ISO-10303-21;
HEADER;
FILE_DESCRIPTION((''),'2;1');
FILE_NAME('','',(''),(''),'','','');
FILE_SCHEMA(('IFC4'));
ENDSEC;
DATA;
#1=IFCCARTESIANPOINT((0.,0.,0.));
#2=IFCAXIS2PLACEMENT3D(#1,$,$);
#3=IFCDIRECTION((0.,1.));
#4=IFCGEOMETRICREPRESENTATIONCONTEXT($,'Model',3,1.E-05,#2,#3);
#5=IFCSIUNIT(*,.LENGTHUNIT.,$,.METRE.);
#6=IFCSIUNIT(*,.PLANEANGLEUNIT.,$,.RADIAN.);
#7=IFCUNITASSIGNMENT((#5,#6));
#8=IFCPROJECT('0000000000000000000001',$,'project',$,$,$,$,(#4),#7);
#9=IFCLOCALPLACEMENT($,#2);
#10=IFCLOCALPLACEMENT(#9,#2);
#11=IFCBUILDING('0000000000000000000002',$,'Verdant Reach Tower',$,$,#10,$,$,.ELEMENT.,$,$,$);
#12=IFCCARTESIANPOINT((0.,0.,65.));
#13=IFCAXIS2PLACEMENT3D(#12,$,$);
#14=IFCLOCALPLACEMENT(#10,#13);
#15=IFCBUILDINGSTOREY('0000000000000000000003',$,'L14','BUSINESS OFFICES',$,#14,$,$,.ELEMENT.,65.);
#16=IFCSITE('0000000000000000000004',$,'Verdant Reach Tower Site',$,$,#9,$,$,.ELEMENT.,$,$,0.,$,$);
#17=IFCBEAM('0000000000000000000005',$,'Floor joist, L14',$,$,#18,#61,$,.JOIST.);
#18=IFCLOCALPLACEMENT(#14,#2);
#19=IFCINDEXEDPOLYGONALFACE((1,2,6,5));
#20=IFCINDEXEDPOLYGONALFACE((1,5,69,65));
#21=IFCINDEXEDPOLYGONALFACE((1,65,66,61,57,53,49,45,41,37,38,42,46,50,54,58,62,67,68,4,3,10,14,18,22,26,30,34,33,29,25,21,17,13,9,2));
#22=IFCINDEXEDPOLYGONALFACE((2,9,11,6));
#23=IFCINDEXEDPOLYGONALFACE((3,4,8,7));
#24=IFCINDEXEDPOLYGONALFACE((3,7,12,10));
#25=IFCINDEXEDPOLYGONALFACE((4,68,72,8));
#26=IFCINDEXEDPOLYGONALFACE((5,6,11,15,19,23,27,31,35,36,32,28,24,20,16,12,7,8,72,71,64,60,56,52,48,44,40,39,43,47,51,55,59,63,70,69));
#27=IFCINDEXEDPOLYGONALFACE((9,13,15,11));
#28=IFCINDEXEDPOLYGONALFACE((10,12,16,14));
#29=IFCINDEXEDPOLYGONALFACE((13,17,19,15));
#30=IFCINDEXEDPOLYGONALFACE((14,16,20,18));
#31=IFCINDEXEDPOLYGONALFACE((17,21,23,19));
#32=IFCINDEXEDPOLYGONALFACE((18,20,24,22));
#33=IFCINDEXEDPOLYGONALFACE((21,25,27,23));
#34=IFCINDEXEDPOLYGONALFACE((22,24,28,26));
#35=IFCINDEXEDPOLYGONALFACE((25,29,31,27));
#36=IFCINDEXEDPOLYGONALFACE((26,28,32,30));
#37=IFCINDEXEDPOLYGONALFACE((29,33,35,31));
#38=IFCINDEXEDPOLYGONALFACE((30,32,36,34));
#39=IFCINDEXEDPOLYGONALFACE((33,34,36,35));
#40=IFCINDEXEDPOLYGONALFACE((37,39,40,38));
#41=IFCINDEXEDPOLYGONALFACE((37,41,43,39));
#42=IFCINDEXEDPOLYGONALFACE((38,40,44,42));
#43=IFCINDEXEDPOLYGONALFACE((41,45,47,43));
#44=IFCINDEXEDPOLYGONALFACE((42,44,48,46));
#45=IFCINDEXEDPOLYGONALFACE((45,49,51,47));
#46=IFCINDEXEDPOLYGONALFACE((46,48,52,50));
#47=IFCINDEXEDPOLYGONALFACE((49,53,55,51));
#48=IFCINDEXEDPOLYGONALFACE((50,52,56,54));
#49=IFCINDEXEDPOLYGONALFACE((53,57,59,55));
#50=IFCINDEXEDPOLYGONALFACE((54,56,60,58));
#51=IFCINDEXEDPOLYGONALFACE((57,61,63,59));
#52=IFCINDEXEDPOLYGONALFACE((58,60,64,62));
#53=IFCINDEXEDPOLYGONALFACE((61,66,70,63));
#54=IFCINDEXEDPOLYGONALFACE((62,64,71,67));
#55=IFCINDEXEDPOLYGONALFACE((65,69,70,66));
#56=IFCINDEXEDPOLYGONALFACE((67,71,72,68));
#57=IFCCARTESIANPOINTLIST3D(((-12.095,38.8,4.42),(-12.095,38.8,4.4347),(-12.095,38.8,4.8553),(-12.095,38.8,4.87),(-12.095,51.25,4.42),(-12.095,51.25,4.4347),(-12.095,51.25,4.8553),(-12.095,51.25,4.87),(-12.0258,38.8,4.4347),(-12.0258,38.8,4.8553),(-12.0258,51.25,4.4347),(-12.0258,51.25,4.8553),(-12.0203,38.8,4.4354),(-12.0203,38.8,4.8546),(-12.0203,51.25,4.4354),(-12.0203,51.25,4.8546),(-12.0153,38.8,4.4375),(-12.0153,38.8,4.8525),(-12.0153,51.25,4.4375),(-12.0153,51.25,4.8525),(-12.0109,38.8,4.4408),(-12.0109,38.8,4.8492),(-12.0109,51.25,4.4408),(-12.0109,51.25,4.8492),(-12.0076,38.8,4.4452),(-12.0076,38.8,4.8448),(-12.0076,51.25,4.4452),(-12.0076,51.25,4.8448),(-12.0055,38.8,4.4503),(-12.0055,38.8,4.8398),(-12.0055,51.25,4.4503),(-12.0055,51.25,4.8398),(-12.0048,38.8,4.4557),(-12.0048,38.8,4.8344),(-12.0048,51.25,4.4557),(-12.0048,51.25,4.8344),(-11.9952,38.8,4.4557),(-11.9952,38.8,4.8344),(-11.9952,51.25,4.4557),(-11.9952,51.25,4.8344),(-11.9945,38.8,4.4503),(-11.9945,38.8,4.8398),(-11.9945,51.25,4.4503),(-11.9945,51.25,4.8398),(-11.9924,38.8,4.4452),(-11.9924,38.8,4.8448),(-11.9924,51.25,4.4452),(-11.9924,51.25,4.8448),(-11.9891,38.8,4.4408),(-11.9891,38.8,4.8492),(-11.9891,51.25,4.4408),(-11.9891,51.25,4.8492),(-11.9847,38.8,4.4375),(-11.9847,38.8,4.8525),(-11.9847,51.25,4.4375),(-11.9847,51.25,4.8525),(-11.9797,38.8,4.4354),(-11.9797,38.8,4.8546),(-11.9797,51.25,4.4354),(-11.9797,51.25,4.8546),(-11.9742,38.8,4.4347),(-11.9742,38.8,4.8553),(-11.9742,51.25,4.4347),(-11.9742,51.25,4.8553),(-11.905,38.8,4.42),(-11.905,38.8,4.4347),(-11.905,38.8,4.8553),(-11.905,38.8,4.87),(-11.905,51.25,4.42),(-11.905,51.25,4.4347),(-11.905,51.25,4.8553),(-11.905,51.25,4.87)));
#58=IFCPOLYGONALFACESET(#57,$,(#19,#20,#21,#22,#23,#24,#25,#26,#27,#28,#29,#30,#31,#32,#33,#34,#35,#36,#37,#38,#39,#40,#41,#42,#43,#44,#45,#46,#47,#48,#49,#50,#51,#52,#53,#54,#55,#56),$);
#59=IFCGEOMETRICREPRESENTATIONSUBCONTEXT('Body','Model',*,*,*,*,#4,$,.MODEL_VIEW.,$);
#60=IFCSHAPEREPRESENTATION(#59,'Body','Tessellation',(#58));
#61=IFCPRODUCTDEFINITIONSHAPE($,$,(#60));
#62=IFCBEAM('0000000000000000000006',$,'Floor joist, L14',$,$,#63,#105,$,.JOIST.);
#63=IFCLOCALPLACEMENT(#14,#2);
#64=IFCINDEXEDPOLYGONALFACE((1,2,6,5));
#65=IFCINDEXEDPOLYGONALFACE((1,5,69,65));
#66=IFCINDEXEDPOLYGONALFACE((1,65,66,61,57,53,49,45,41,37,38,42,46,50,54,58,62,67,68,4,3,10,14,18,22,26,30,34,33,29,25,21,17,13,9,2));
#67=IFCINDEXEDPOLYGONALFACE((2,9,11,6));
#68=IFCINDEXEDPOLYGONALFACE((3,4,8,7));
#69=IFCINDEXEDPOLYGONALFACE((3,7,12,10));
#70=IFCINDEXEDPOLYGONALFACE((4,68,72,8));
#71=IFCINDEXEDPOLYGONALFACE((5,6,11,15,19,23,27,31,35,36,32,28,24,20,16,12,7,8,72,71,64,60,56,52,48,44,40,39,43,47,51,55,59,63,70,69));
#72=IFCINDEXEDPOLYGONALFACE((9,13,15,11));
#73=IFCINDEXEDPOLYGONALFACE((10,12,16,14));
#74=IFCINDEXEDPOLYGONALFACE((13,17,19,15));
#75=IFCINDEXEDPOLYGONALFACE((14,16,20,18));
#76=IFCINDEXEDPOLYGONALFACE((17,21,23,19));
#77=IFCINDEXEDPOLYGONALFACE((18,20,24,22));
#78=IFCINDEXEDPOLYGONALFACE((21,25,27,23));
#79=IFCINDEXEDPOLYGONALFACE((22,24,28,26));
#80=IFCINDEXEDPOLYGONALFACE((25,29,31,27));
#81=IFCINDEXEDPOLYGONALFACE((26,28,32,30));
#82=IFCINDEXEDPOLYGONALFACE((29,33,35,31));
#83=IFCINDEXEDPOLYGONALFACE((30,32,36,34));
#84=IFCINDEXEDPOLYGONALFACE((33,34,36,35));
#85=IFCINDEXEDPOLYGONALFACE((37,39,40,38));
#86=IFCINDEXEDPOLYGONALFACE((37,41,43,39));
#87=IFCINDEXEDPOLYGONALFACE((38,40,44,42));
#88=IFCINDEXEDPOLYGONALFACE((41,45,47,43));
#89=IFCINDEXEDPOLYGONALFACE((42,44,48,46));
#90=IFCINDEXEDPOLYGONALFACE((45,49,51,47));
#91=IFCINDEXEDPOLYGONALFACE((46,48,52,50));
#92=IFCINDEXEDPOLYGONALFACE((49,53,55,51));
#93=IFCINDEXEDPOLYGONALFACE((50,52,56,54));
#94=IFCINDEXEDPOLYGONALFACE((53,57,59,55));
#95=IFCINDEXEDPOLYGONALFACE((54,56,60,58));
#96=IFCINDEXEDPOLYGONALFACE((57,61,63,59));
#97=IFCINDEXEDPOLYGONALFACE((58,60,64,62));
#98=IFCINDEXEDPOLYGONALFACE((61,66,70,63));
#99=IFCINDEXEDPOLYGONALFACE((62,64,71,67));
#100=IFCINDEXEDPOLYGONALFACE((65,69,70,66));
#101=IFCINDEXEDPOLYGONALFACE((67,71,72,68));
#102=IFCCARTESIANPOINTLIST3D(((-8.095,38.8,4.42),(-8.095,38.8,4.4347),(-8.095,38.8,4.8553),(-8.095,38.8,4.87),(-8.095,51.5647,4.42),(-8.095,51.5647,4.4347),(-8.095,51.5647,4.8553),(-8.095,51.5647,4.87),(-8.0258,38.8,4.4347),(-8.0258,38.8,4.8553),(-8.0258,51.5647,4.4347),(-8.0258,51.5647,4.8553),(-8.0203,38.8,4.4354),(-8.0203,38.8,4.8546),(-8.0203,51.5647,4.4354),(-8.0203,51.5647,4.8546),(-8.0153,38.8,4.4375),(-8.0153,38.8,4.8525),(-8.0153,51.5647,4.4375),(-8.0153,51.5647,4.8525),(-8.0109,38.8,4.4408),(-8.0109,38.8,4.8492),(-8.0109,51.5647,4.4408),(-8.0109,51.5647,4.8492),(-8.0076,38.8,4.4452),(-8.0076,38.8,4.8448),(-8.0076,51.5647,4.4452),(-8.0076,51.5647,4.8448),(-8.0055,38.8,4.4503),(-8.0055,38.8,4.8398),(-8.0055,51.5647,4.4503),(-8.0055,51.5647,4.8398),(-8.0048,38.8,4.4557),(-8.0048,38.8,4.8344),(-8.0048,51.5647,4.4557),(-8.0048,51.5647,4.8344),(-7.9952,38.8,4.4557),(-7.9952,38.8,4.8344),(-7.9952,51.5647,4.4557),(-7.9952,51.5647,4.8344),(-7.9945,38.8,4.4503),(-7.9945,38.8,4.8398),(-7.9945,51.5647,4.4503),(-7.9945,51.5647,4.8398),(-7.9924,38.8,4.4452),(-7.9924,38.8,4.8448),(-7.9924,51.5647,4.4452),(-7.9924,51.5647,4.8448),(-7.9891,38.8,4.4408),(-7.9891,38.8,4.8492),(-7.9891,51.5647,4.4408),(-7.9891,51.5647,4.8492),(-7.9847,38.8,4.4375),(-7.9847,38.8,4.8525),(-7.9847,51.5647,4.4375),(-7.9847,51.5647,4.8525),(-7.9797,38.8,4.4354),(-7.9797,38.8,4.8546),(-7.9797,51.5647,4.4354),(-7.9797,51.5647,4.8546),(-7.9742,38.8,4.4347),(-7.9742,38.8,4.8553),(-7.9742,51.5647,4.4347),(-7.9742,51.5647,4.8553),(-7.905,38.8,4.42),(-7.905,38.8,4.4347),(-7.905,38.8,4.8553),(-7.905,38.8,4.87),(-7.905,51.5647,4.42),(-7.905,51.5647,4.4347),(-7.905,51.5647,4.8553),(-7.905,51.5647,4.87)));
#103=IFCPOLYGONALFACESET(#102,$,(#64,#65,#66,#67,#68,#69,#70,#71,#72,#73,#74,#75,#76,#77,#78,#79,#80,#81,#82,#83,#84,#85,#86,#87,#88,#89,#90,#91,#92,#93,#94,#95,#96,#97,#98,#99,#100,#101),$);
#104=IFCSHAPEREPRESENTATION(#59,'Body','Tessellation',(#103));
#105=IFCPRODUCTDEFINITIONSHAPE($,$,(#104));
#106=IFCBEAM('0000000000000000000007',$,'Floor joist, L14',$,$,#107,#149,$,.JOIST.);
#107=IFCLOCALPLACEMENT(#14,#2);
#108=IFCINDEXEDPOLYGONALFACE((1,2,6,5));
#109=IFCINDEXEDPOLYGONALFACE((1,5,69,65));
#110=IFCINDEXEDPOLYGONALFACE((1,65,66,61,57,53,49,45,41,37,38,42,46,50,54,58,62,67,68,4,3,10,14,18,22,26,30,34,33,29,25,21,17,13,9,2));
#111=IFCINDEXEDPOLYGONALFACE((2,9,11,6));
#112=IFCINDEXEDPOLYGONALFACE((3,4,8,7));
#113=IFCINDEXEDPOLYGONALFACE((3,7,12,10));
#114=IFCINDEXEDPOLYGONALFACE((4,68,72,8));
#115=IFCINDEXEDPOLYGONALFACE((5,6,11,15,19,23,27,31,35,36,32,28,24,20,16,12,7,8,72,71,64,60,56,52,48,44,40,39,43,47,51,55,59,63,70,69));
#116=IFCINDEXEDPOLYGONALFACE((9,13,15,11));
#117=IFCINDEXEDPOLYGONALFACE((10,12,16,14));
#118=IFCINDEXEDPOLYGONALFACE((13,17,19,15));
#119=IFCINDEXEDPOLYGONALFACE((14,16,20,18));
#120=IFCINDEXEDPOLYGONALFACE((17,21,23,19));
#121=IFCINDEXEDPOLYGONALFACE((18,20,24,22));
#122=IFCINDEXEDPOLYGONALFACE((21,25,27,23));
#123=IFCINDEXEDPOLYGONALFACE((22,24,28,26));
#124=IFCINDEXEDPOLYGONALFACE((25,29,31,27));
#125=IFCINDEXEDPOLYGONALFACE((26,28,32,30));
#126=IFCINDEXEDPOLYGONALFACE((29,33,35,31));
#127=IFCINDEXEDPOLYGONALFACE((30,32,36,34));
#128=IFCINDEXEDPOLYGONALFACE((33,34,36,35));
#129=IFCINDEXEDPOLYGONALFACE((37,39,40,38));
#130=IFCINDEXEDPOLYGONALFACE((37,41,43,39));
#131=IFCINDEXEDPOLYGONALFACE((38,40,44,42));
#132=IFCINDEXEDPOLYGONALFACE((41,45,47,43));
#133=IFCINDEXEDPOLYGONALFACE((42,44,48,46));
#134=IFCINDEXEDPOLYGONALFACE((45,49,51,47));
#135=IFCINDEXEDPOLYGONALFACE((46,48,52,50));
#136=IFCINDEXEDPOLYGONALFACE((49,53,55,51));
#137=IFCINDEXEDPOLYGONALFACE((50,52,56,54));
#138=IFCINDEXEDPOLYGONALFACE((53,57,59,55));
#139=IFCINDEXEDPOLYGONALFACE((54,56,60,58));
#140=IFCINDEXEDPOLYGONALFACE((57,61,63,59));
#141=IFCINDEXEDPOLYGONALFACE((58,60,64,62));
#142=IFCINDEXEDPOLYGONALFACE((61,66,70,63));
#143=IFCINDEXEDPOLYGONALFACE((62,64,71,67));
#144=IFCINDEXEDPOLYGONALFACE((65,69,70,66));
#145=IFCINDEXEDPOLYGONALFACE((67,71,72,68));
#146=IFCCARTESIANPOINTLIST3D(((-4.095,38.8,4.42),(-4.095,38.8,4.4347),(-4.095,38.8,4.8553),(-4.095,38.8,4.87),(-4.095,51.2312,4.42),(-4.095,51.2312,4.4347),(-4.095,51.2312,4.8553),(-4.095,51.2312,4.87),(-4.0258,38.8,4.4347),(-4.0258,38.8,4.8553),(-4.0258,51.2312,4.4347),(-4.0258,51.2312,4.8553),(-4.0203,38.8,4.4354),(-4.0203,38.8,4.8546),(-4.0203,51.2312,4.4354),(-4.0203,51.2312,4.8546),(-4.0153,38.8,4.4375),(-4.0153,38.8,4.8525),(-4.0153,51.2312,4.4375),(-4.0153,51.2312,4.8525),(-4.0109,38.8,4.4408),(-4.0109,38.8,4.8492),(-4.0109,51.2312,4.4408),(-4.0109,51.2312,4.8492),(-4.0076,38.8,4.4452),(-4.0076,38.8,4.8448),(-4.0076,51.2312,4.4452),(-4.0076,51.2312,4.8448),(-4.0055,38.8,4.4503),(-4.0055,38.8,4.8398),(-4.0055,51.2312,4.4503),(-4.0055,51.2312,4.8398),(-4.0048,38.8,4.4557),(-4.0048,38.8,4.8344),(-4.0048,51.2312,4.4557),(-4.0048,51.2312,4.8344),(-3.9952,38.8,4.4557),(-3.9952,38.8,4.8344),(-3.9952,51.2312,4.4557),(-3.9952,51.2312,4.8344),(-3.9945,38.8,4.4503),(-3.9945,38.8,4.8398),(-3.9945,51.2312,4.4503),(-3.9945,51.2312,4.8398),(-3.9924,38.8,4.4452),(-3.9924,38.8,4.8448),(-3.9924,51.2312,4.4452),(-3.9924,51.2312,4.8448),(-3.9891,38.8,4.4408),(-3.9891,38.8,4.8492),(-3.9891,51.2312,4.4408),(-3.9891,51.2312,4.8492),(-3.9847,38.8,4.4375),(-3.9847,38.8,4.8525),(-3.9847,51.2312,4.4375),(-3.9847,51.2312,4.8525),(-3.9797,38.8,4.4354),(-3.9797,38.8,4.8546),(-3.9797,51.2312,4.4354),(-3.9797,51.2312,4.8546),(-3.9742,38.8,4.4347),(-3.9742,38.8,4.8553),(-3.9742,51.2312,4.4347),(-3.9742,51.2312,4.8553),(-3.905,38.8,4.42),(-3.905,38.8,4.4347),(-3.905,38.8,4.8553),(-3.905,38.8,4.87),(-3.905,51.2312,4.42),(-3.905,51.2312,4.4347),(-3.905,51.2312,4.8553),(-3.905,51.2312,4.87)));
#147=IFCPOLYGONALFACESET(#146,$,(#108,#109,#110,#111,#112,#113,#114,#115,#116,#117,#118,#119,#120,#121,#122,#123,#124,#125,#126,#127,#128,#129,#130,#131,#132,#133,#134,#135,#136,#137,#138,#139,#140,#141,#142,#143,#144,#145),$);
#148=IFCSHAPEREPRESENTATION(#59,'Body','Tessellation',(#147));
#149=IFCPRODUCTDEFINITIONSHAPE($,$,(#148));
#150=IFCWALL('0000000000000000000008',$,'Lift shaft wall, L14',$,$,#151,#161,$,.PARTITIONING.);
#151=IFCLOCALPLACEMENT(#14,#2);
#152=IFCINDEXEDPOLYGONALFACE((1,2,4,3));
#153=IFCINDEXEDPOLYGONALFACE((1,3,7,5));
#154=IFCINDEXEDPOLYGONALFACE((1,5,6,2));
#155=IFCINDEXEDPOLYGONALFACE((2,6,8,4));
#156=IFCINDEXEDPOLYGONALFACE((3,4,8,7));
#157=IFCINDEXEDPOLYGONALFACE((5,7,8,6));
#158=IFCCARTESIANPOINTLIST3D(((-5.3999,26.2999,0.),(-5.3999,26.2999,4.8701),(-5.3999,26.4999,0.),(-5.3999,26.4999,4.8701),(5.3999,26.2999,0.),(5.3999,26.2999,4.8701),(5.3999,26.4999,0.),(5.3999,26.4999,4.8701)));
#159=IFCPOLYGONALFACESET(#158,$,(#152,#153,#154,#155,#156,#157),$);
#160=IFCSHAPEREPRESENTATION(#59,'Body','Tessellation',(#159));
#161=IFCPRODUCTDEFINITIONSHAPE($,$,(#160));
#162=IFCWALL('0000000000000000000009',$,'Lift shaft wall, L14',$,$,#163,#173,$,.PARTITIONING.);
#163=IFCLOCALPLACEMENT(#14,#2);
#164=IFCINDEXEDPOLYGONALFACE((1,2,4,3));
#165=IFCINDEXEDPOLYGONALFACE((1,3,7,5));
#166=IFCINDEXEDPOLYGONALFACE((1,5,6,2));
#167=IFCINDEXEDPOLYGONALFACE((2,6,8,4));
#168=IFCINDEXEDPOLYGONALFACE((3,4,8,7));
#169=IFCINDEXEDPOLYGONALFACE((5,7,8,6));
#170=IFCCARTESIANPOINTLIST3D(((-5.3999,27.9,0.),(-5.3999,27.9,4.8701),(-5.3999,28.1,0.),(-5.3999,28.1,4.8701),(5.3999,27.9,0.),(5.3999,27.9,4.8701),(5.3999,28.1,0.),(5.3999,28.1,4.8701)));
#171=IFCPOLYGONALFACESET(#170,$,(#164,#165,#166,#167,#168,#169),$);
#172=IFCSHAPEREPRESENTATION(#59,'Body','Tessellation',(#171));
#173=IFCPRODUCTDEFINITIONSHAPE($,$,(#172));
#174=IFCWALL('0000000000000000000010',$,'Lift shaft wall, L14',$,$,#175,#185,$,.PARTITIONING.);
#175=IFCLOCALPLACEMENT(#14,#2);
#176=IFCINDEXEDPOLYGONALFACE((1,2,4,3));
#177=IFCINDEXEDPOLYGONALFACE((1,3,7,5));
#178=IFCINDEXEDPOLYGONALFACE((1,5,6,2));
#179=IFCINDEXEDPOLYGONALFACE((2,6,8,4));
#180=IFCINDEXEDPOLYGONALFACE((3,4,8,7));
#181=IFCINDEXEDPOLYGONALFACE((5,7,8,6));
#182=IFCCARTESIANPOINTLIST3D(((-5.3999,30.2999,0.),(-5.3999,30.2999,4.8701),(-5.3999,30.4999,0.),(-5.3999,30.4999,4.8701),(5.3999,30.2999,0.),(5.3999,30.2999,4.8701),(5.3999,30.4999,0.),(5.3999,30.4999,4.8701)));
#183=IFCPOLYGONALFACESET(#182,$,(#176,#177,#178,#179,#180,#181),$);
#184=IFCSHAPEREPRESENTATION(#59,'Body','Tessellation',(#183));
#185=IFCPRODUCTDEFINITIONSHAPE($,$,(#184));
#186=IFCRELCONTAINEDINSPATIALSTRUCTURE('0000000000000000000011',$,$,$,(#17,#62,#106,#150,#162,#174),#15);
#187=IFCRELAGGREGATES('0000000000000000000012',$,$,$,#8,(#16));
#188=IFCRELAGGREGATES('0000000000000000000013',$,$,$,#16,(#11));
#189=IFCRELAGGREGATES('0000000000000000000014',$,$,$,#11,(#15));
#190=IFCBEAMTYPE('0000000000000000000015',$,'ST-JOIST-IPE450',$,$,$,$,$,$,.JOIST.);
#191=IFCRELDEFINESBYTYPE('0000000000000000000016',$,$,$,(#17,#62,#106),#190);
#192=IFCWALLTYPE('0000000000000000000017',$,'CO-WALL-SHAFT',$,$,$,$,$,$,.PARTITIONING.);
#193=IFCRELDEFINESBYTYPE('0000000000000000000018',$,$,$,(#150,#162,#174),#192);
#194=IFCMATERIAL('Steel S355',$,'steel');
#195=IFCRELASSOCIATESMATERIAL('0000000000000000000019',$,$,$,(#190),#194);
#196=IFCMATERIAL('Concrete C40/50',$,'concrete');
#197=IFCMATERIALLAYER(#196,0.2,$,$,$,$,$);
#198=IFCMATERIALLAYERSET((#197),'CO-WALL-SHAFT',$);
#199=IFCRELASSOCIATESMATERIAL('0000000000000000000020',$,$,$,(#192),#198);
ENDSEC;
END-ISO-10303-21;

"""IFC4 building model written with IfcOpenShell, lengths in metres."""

from ifc_helpers import new_model, si_unit, direction, frame, frame_2d, origin, origin_2d, place, context, subcontext, project, spatial, rectangle, i_section, extrude, material, layer, layer_set, material_profile, profile_set, type_object, element, save


model = new_model("IFC4")

# Units and contexts
model_context = context("Model", 3, precision=1e-05, world=origin(), true_north=direction((0.0, 1.0)))
body_context = subcontext(model_context, "Body", "Model", "MODEL_VIEW")
ifc_project = project(units=[si_unit("LENGTHUNIT", "METRE"), si_unit("PLANEANGLEUNIT", "RADIAN")], contexts=[model_context])

# Site, building, storey
site_placement = place(None, origin())
site = spatial("IfcSite", under=ifc_project, at=site_placement, Name="Verdant Reach Tower Site", CompositionType="ELEMENT", RefElevation=0.0)
building_placement = place(site_placement, origin())
building = spatial("IfcBuilding", under=site, at=building_placement, Name="Verdant Reach Tower", CompositionType="ELEMENT")
storey_placement = place(building_placement, frame((0.0, 0.0, 65.0)))
storey = spatial("IfcBuildingStorey", under=building, at=storey_placement, Name="L14", Description="BUSINESS OFFICES", CompositionType="ELEMENT", Elevation=65.0)

# Beams
ifc_material_1 = material(Name="Steel S355", Category="steel")
ifc_material_profile_1 = material_profile(ifc_material_1, i_section(OverallWidth=0.1899, OverallDepth=0.45, WebThickness=0.0095, FlangeThickness=0.0146, FilletRadius=0.021, at=origin_2d()), Name="IPE 450")
ifc_profile_set_1 = profile_set([ifc_material_profile_1], Name="Steel S355")
beam_type_1 = type_object("IfcBeamType", Name="ST-JOIST-IPE450", PredefinedType="JOIST", material=ifc_profile_set_1)
beam_1_placement = place(storey_placement, frame((-12.0, 38.8, 4.645), z_axis=(0.0, 1.0, 0.0), x_axis=(-1.0, 0.0, 0.0)))
element("IfcBeam", 1, at=beam_1_placement, inside=storey, type_object=beam_type_1, Name="Floor joist, L14", PredefinedType="JOIST", context=body_context, shape_type="SweptSolid", body=[
    extrude(i_section(OverallWidth=0.1899, OverallDepth=0.45, WebThickness=0.0095, FlangeThickness=0.0146, FilletRadius=0.021, at=origin_2d()), origin(), (0.0, 0.0, 1.0), 12.45),
])
beam_2_placement = place(storey_placement, frame((-8.0, 38.8, 4.645), z_axis=(0.0, 1.0, 0.0), x_axis=(-1.0, 0.0, 0.0)))
element("IfcBeam", 2, at=beam_2_placement, inside=storey, type_object=beam_type_1, Name="Floor joist, L14", PredefinedType="JOIST", context=body_context, shape_type="SweptSolid", body=[
    extrude(i_section(OverallWidth=0.1899, OverallDepth=0.45, WebThickness=0.0095, FlangeThickness=0.0146, FilletRadius=0.021, at=origin_2d()), origin(), (0.0, 0.0, 1.0), 12.7646),
])
beam_3_placement = place(storey_placement, frame((-4.0, 38.8, 4.645), z_axis=(0.0, 1.0, 0.0), x_axis=(-1.0, 0.0, 0.0)))
element("IfcBeam", 3, at=beam_3_placement, inside=storey, type_object=beam_type_1, Name="Floor joist, L14", PredefinedType="JOIST", context=body_context, shape_type="SweptSolid", body=[
    extrude(i_section(OverallWidth=0.1899, OverallDepth=0.45, WebThickness=0.0095, FlangeThickness=0.0146, FilletRadius=0.021, at=origin_2d()), origin(), (0.0, 0.0, 1.0), 12.4312),
])

# Walls
ifc_material_2 = material(Name="Concrete C40/50", Category="concrete")
ifc_layer_1 = layer(ifc_material_2, 0.2)
ifc_layer_set_1 = layer_set([ifc_layer_1], Name="CO-WALL-SHAFT")
wall_type_1 = type_object("IfcWallType", Name="CO-WALL-SHAFT", PredefinedType="PARTITIONING", material=ifc_layer_set_1)
for number, where, z_axis, x_axis, name in (
    (4, (-5.3999, 26.3999, 0.0), (0.0, 0.0, 1.0), (1.0, 0.0, 0.0), "Lift shaft wall, L14"),
    (5, (-5.3999, 28.0, 0.0), (0.0, 0.0, 1.0), (1.0, 0.0, 0.0), "Lift shaft wall, L14"),
    (6, (-5.3999, 30.3999, 0.0), (0.0, 0.0, 1.0), (1.0, 0.0, 0.0), "Lift shaft wall, L14"),
):
    element("IfcWall", number, at=place(storey_placement, frame(where, z_axis=z_axis, x_axis=x_axis)), inside=storey, type_object=wall_type_1, Name=name, PredefinedType="PARTITIONING", context=body_context, shape_type="SweptSolid", body=[
        extrude(rectangle(XDim=10.7998, YDim=0.2, at=frame_2d((5.3999, 0.0))), origin(), (0.0, 0.0, 1.0), 4.8701),
    ])

save(model, "model.ifc")
